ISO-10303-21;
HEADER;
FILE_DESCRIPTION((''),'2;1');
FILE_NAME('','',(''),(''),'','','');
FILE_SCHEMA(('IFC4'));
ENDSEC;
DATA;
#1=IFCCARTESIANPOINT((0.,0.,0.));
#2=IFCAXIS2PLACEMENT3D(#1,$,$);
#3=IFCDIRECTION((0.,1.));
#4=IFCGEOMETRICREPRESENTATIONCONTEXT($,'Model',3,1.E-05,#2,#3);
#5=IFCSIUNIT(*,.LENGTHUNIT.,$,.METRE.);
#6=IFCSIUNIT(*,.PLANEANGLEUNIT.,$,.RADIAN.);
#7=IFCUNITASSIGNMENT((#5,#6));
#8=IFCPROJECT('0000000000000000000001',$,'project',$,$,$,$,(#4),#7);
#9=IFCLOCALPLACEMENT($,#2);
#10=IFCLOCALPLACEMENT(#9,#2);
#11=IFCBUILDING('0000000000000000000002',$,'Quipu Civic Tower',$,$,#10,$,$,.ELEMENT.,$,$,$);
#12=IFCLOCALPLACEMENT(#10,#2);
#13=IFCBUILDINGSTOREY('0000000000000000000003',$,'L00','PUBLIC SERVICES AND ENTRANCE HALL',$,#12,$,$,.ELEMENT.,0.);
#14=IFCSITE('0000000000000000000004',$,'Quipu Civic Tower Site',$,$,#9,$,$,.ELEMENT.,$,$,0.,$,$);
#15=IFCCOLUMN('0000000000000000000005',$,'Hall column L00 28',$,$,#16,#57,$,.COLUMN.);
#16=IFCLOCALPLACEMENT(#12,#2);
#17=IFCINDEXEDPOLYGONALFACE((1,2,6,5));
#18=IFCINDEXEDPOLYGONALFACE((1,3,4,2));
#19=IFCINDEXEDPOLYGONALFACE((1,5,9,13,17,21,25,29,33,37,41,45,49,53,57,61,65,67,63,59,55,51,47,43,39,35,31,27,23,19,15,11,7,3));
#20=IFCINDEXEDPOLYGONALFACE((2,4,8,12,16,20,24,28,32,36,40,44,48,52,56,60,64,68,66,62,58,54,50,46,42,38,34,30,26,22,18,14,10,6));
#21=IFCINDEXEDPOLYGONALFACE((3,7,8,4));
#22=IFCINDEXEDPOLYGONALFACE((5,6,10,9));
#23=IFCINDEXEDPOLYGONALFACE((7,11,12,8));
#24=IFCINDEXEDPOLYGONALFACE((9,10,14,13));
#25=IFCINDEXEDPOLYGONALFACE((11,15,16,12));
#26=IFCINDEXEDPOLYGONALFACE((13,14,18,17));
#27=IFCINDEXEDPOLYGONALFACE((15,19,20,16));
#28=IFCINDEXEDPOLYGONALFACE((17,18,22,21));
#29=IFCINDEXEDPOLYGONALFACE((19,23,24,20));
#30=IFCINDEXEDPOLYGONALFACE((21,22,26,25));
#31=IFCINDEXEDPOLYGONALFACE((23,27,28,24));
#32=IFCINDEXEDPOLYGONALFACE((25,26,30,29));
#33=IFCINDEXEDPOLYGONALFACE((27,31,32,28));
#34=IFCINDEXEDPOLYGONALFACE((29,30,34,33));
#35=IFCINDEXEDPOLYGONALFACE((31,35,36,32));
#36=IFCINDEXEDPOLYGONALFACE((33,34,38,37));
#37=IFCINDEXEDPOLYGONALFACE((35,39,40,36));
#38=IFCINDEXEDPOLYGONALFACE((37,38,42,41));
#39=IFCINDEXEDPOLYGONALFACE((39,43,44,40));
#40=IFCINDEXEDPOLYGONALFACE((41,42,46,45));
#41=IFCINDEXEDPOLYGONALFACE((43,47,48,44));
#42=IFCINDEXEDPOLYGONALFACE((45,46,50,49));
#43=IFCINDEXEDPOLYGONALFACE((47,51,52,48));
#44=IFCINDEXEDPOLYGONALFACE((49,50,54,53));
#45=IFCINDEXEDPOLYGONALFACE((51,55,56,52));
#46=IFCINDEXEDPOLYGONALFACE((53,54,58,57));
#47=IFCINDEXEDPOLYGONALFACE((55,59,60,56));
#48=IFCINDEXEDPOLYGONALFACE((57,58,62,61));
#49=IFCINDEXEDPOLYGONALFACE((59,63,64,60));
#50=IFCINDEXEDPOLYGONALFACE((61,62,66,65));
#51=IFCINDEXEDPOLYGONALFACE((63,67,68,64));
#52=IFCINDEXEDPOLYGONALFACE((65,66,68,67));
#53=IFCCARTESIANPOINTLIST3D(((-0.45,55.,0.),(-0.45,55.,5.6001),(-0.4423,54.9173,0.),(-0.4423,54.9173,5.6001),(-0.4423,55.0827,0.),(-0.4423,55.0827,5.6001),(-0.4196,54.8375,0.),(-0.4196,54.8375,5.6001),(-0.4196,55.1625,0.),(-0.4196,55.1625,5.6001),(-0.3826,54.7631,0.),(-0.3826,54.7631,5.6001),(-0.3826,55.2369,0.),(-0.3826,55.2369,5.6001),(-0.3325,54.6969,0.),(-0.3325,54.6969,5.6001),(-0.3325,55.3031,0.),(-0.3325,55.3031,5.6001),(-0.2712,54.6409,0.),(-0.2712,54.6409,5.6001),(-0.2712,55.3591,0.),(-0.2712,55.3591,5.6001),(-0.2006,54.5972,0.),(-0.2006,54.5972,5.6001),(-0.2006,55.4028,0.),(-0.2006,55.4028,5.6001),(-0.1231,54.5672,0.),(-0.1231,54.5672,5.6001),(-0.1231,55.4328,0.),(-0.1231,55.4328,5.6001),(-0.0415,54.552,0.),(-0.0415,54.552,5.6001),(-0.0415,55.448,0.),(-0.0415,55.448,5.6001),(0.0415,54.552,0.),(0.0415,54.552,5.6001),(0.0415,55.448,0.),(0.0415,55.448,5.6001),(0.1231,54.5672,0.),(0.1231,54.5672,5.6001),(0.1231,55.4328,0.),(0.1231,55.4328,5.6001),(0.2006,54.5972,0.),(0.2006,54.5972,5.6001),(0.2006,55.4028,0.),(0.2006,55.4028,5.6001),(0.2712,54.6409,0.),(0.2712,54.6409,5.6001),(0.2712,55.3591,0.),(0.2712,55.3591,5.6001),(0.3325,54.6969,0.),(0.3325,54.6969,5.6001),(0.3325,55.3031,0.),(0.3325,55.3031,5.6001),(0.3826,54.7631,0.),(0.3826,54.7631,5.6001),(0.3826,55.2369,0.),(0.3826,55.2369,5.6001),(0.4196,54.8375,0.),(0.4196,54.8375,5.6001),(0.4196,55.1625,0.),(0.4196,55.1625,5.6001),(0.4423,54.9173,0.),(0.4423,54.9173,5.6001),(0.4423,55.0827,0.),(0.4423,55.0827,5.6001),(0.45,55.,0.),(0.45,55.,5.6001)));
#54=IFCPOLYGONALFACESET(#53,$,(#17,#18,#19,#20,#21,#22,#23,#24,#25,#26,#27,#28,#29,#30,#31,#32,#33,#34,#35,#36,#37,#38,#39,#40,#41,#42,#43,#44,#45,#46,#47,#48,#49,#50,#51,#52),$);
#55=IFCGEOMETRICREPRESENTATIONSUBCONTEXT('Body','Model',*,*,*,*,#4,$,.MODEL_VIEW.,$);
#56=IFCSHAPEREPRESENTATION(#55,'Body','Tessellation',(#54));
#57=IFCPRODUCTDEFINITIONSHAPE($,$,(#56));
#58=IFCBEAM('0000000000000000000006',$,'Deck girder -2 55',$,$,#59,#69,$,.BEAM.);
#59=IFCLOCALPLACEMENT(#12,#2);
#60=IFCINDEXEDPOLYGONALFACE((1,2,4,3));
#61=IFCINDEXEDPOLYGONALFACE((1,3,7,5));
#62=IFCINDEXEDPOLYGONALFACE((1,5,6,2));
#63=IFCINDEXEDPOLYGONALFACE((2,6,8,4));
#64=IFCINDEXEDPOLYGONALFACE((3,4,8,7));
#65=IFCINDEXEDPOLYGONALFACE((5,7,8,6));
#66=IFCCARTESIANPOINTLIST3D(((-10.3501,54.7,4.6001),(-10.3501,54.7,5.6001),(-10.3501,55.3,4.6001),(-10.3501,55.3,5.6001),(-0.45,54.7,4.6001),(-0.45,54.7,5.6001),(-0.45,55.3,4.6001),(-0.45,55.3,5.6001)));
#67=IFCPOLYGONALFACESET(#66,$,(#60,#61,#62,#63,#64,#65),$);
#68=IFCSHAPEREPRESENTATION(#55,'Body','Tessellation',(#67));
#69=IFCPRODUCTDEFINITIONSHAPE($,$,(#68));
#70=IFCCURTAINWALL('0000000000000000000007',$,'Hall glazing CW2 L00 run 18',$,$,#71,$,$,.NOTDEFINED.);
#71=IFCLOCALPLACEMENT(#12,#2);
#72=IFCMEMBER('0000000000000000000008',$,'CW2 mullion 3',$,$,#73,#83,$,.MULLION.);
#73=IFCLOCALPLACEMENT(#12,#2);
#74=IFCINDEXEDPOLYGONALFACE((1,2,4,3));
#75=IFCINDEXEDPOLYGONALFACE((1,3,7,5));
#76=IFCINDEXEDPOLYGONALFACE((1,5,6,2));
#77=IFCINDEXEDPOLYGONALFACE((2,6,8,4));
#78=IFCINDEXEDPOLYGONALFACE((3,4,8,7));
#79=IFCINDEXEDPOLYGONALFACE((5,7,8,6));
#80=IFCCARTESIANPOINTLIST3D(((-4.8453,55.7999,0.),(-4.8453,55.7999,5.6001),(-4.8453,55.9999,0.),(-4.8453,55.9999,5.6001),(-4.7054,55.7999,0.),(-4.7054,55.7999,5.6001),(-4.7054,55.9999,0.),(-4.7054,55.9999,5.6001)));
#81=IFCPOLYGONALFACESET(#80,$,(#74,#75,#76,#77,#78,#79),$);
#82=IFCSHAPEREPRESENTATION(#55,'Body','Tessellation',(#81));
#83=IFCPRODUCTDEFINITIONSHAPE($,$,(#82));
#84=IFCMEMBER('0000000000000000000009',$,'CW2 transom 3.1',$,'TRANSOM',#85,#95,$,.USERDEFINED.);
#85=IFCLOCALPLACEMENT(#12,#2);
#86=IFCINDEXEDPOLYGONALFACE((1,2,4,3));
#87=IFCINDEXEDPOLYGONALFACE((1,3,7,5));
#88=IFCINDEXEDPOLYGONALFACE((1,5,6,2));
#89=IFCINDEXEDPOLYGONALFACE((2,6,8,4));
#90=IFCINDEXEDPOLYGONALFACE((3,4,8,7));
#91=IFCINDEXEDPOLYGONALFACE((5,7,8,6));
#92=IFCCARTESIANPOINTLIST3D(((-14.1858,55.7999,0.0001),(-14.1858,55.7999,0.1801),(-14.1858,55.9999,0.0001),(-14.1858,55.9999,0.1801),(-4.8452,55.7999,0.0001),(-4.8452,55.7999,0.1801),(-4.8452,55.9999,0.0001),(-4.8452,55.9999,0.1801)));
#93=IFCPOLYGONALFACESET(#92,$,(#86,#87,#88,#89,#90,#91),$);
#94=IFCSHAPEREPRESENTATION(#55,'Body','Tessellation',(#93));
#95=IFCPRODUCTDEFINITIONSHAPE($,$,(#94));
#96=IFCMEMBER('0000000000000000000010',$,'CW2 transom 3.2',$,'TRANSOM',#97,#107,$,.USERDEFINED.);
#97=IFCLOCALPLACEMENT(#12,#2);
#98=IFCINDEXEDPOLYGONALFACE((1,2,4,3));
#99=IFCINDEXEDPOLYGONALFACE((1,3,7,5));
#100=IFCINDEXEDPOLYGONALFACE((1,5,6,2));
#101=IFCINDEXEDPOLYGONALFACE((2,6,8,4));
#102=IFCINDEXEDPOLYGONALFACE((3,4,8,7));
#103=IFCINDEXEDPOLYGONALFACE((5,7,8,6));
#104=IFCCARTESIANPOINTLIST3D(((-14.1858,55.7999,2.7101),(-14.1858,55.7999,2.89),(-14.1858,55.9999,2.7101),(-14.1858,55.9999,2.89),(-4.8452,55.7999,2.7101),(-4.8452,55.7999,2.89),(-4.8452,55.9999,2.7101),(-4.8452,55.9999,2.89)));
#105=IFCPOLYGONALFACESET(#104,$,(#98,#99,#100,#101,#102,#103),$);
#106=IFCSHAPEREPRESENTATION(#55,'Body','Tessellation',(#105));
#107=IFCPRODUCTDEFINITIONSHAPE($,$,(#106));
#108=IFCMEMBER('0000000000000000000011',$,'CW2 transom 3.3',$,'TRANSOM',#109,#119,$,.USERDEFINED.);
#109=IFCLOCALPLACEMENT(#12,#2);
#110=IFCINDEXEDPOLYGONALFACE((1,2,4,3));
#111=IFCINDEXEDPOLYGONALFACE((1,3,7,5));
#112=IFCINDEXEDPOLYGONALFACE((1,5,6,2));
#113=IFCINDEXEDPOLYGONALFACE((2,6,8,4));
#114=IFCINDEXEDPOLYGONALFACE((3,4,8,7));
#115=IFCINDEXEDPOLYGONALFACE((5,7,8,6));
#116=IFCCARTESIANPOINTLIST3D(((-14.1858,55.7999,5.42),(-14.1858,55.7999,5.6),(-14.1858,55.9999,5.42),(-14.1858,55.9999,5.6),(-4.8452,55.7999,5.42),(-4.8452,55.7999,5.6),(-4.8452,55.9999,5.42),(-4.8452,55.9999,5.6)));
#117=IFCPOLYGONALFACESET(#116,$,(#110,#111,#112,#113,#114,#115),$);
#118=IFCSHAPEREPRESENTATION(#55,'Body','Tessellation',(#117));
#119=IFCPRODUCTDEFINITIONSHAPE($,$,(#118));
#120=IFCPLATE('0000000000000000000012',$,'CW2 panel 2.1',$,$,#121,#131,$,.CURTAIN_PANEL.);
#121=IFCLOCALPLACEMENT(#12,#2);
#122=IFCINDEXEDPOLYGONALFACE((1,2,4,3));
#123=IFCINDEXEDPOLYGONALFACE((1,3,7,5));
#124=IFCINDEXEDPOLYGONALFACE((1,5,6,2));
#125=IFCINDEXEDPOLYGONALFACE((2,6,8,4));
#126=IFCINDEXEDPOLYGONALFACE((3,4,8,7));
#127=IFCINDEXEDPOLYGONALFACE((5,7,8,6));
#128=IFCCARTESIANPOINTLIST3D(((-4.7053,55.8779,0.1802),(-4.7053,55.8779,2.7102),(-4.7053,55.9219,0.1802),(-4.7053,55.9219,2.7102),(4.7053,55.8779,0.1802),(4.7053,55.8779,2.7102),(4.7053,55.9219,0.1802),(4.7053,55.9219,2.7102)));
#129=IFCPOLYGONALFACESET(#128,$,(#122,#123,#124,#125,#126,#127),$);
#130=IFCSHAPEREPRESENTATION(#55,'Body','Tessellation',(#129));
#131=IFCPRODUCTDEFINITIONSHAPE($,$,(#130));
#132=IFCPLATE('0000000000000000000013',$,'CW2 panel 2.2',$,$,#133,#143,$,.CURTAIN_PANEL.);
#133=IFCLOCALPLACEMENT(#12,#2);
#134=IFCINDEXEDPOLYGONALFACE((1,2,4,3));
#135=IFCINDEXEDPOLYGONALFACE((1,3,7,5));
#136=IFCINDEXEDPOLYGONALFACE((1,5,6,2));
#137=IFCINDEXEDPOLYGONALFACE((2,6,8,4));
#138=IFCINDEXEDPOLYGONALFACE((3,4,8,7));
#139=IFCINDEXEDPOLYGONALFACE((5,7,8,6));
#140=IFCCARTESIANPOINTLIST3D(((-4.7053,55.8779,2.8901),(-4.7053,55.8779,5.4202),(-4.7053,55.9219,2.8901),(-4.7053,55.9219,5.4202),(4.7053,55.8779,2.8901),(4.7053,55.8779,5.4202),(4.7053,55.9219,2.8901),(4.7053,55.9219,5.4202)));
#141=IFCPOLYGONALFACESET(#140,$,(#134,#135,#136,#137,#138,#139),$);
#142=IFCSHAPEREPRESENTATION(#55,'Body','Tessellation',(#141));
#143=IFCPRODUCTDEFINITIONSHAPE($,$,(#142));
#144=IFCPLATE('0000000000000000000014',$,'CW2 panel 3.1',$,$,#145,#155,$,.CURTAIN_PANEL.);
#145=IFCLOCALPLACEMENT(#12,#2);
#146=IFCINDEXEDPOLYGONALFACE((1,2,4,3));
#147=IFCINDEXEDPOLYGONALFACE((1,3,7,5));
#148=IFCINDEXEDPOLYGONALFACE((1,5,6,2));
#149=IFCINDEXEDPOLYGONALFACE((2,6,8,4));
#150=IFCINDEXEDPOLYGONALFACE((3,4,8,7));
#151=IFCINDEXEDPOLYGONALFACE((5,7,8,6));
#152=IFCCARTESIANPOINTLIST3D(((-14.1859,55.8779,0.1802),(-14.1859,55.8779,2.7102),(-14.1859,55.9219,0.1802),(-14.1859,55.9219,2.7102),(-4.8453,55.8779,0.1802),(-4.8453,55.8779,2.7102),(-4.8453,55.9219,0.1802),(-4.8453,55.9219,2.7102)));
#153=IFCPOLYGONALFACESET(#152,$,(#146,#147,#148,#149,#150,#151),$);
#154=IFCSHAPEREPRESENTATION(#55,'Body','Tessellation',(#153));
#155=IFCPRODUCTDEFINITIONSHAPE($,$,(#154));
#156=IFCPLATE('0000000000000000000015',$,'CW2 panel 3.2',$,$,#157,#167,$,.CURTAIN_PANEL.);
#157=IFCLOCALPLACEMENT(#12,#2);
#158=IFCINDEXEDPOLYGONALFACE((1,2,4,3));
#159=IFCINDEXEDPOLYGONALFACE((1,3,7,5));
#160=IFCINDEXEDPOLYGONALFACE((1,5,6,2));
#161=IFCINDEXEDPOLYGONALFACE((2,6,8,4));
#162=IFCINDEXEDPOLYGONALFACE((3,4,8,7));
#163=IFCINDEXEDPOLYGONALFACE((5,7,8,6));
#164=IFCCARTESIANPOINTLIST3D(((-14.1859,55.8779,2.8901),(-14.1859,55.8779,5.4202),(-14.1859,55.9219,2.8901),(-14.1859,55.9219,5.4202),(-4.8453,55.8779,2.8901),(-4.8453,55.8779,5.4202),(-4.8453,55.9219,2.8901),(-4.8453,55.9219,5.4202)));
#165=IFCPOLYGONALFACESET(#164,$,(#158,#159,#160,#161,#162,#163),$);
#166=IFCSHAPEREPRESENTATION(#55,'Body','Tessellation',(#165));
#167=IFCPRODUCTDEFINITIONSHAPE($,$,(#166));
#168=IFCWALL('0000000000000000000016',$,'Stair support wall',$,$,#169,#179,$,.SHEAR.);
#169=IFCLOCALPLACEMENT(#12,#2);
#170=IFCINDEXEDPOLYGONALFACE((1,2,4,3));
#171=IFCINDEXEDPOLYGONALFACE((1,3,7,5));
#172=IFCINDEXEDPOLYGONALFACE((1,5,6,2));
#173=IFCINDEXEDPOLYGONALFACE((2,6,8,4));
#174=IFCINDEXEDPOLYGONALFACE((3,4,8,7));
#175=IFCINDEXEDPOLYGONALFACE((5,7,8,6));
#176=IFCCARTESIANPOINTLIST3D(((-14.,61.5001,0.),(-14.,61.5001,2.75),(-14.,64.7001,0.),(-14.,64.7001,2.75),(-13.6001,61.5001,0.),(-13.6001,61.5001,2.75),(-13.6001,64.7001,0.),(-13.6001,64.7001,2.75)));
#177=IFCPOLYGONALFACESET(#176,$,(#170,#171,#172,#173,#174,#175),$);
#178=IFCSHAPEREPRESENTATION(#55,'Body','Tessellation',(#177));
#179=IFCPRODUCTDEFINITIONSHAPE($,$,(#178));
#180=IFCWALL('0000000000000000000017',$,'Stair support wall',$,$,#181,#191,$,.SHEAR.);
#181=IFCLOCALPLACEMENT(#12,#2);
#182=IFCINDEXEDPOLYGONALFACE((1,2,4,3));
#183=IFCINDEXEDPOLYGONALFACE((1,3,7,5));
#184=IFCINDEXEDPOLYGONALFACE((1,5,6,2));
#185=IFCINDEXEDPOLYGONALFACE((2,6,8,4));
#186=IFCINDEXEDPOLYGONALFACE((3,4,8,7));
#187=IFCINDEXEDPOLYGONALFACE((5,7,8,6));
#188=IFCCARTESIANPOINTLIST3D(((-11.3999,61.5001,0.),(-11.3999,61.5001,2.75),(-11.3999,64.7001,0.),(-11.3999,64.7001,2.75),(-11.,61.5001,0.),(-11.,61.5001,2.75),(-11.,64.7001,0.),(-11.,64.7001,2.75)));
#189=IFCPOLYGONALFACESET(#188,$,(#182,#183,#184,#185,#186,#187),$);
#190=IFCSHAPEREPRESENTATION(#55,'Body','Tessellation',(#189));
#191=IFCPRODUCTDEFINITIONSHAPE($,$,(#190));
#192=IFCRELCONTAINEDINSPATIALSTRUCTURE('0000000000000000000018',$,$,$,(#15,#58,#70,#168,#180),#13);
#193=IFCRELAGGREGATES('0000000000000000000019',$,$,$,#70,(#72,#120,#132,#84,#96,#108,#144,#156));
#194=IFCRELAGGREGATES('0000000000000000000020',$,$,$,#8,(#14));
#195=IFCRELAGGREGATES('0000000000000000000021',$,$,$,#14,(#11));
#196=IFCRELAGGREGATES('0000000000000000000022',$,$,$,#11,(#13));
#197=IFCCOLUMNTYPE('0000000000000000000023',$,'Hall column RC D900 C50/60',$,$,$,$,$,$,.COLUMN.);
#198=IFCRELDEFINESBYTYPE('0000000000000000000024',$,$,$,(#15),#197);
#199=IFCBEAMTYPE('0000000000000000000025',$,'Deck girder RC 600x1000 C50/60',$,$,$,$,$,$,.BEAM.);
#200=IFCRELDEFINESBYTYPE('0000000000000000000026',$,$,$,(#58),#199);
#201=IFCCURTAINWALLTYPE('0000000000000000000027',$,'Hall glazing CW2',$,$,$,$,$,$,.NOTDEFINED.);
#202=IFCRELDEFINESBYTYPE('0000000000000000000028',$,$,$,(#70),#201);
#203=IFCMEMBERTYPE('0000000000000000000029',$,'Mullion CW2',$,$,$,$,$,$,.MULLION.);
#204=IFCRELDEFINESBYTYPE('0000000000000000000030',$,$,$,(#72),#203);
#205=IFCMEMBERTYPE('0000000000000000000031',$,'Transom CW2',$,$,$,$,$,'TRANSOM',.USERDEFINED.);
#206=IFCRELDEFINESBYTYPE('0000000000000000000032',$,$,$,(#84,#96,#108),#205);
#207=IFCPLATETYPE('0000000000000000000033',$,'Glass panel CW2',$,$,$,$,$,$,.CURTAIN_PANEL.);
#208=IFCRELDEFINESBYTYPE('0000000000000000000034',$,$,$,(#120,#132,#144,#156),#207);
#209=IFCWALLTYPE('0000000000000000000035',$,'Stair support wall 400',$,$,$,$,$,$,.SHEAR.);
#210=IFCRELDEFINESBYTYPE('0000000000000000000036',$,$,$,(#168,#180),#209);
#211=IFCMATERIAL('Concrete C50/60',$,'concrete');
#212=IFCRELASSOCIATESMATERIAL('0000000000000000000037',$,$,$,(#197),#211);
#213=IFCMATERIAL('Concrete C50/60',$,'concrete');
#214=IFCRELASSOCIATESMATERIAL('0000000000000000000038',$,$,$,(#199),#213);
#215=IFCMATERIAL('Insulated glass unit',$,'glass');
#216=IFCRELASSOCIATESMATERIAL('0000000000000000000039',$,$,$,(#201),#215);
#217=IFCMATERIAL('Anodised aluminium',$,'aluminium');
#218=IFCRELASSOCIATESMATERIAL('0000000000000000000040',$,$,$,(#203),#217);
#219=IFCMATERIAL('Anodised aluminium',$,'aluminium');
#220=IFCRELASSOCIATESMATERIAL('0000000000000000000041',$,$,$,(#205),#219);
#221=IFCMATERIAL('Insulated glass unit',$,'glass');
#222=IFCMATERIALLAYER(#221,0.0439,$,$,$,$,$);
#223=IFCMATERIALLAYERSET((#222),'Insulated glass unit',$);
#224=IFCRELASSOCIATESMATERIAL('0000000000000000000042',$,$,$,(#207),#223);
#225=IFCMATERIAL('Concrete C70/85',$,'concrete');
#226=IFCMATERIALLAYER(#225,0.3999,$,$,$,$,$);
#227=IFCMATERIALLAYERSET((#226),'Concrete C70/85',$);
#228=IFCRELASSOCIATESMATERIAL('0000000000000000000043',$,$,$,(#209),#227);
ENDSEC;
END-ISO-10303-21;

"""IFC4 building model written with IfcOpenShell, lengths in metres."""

from ifc_helpers import new_model, si_unit, direction, frame, frame_2d, origin, origin_2d, place, context, subcontext, project, spatial, rectangle, circle, extrude, material, layer, layer_set, material_profile, profile_set, type_object, element, aggregate, save


model = new_model("IFC4")

# Units and contexts
model_context = context("Model", 3, precision=1e-05, world=origin(), true_north=direction((0.0, 1.0)))
body_context = subcontext(model_context, "Body", "Model", "MODEL_VIEW")
ifc_project = project(units=[si_unit("LENGTHUNIT", "METRE"), si_unit("PLANEANGLEUNIT", "RADIAN")], contexts=[model_context])

# Site, building, storey
site_placement = place(None, origin())
site = spatial("IfcSite", under=ifc_project, at=site_placement, Name="Quipu Civic Tower Site", CompositionType="ELEMENT", RefElevation=0.0)
building_placement = place(site_placement, origin())
building = spatial("IfcBuilding", under=site, at=building_placement, Name="Quipu Civic Tower", CompositionType="ELEMENT")
storey_placement = place(building_placement, origin())
storey = spatial("IfcBuildingStorey", under=building, at=storey_placement, Name="L00", Description="PUBLIC SERVICES AND ENTRANCE HALL", CompositionType="ELEMENT", Elevation=0.0)

# Column
ifc_material_1 = material(Name="Concrete C50/60", Category="concrete")
ifc_material_profile_1 = material_profile(ifc_material_1, circle(Radius=0.45, at=origin_2d()), Name="RCD900")
ifc_profile_set_1 = profile_set([ifc_material_profile_1], Name="Concrete C50/60")
column_type = type_object("IfcColumnType", Name="Hall column RC D900 C50/60", PredefinedType="COLUMN", material=ifc_profile_set_1)
column_placement = place(storey_placement, frame((0.0, 55.0, 0.0), z_axis=(0.0, 0.0, 1.0), x_axis=(1.0, 0.0, 0.0)))
element("IfcColumn", 1, at=column_placement, inside=storey, type_object=column_type, Name="Hall column L00 28", PredefinedType="COLUMN", context=body_context, shape_type="SweptSolid", body=[
    extrude(circle(Radius=0.45, at=origin_2d()), origin(), (0.0, 0.0, 1.0), 5.6001),
])

# Beam
ifc_material_2 = material(Name="Concrete C50/60", Category="concrete")
ifc_material_profile_2 = material_profile(ifc_material_2, rectangle(XDim=0.6001, YDim=1.0, at=origin_2d()), Name="RC600x1000")
ifc_profile_set_2 = profile_set([ifc_material_profile_2], Name="Concrete C50/60")
beam_type = type_object("IfcBeamType", Name="Deck girder RC 600x1000 C50/60", PredefinedType="BEAM", material=ifc_profile_set_2)
beam_placement = place(storey_placement, frame((-10.3501, 55.0, 5.1001), z_axis=(1.0, 0.0, 0.0), x_axis=(0.0, 1.0, 0.0)))
element("IfcBeam", 2, at=beam_placement, inside=storey, type_object=beam_type, Name="Deck girder -2 55", PredefinedType="BEAM", context=body_context, shape_type="SweptSolid", body=[
    extrude(rectangle(XDim=0.6001, YDim=1.0, at=origin_2d()), origin(), (0.0, 0.0, 1.0), 9.9001),
])

# Curtain wall, members, plates
ifc_material_3 = material(Name="Insulated glass unit", Category="glass")
curtain_wall_type = type_object("IfcCurtainWallType", Name="Hall glazing CW2", PredefinedType="NOTDEFINED", material=ifc_material_3)
curtain_wall_placement = place(storey_placement, origin())
curtain_wall = element("IfcCurtainWall", 3, at=curtain_wall_placement, inside=storey, type_object=curtain_wall_type, Name="Hall glazing CW2 L00 run 18", PredefinedType="NOTDEFINED")
ifc_material_4 = material(Name="Anodised aluminium", Category="aluminium")
ifc_material_profile_3 = material_profile(ifc_material_4, rectangle(XDim=0.2, YDim=0.1399, at=origin_2d()), Name="RECT 200x140")
ifc_profile_set_3 = profile_set([ifc_material_profile_3], Name="Anodised aluminium")
member_type_1 = type_object("IfcMemberType", Name="Mullion CW2", PredefinedType="MULLION", material=ifc_profile_set_3)
member_1_placement = place(storey_placement, frame((-4.7754, 55.8999, 0.0), z_axis=(0.0, 0.0, 1.0), x_axis=(0.0, -1.0, 0.0)))
member_1 = element("IfcMember", 4, at=member_1_placement, type_object=member_type_1, Name="CW2 mullion 3", PredefinedType="MULLION", context=body_context, shape_type="SweptSolid", body=[
    extrude(rectangle(XDim=0.2, YDim=0.1399, at=origin_2d()), origin(), (0.0, 0.0, 1.0), 5.6001),
])
ifc_material_5 = material(Name="Anodised aluminium", Category="aluminium")
ifc_material_profile_4 = material_profile(ifc_material_5, rectangle(XDim=0.2, YDim=0.1799, at=origin_2d()), Name="RECT 200x180")
ifc_profile_set_4 = profile_set([ifc_material_profile_4], Name="Anodised aluminium")
member_type_2 = type_object("IfcMemberType", Name="Transom CW2", ElementType="TRANSOM", PredefinedType="USERDEFINED", material=ifc_profile_set_4)
member_2_placement = place(storey_placement, frame((-4.8452, 55.8999, 0.0901), z_axis=(-1.0, 0.0, 0.0), x_axis=(0.0, -1.0, 0.0)))
member_2 = element("IfcMember", 5, at=member_2_placement, type_object=member_type_2, Name="CW2 transom 3.1", ObjectType="TRANSOM", PredefinedType="USERDEFINED", context=body_context, shape_type="SweptSolid", body=[
    extrude(rectangle(XDim=0.2, YDim=0.1799, at=origin_2d()), origin(), (0.0, 0.0, 1.0), 9.3406),
])
member_3_placement = place(storey_placement, frame((-4.8452, 55.8999, 2.8), z_axis=(-1.0, 0.0, 0.0), x_axis=(0.0, -1.0, 0.0)))
member_3 = element("IfcMember", 6, at=member_3_placement, type_object=member_type_2, Name="CW2 transom 3.2", ObjectType="TRANSOM", PredefinedType="USERDEFINED", context=body_context, shape_type="SweptSolid", body=[
    extrude(rectangle(XDim=0.2, YDim=0.1799, at=origin_2d()), origin(), (0.0, 0.0, 1.0), 9.3406),
])
member_4_placement = place(storey_placement, frame((-4.8452, 55.8999, 5.51), z_axis=(-1.0, 0.0, 0.0), x_axis=(0.0, -1.0, 0.0)))
member_4 = element("IfcMember", 7, at=member_4_placement, type_object=member_type_2, Name="CW2 transom 3.3", ObjectType="TRANSOM", PredefinedType="USERDEFINED", context=body_context, shape_type="SweptSolid", body=[
    extrude(rectangle(XDim=0.2, YDim=0.1799, at=origin_2d()), origin(), (0.0, 0.0, 1.0), 9.3406),
])
ifc_material_6 = material(Name="Insulated glass unit", Category="glass")
ifc_layer_1 = layer(ifc_material_6, 0.0439)
ifc_layer_set_1 = layer_set([ifc_layer_1], Name="Insulated glass unit")
plate_type = type_object("IfcPlateType", Name="Glass panel CW2", PredefinedType="CURTAIN_PANEL", material=ifc_layer_set_1)
plate_1_placement = place(storey_placement, frame((0.0, 55.8999, 0.1802), z_axis=(0.0, 0.0, 1.0), x_axis=(-1.0, 0.0, 0.0)))
plate_1 = element("IfcPlate", 8, at=plate_1_placement, type_object=plate_type, Name="CW2 panel 2.1", PredefinedType="CURTAIN_PANEL", context=body_context, shape_type="SweptSolid", body=[
    extrude(rectangle(XDim=9.4106, YDim=0.0439, at=origin_2d()), origin(), (0.0, 0.0, 1.0), 2.53),
])
plate_2_placement = place(storey_placement, frame((0.0, 55.8999, 2.8901), z_axis=(0.0, 0.0, 1.0), x_axis=(-1.0, 0.0, 0.0)))
plate_2 = element("IfcPlate", 9, at=plate_2_placement, type_object=plate_type, Name="CW2 panel 2.2", PredefinedType="CURTAIN_PANEL", context=body_context, shape_type="SweptSolid", body=[
    extrude(rectangle(XDim=9.4106, YDim=0.0439, at=origin_2d()), origin(), (0.0, 0.0, 1.0), 2.53),
])
plate_3_placement = place(storey_placement, frame((-9.5156, 55.8999, 0.1802), z_axis=(0.0, 0.0, 1.0), x_axis=(-1.0, 0.0, 0.0)))
plate_3 = element("IfcPlate", 10, at=plate_3_placement, type_object=plate_type, Name="CW2 panel 3.1", PredefinedType="CURTAIN_PANEL", context=body_context, shape_type="SweptSolid", body=[
    extrude(rectangle(XDim=9.3406, YDim=0.0439, at=origin_2d()), origin(), (0.0, 0.0, 1.0), 2.53),
])
plate_4_placement = place(storey_placement, frame((-9.5156, 55.8999, 2.8901), z_axis=(0.0, 0.0, 1.0), x_axis=(-1.0, 0.0, 0.0)))
plate_4 = element("IfcPlate", 11, at=plate_4_placement, type_object=plate_type, Name="CW2 panel 3.2", PredefinedType="CURTAIN_PANEL", context=body_context, shape_type="SweptSolid", body=[
    extrude(rectangle(XDim=9.3406, YDim=0.0439, at=origin_2d()), origin(), (0.0, 0.0, 1.0), 2.53),
])
aggregate(curtain_wall, [member_1, plate_1, plate_2, member_2, member_3, member_4, plate_3, plate_4])

# Walls
ifc_material_7 = material(Name="Concrete C70/85", Category="concrete")
ifc_layer_2 = layer(ifc_material_7, 0.3999)
ifc_layer_set_2 = layer_set([ifc_layer_2], Name="Concrete C70/85")
wall_type = type_object("IfcWallType", Name="Stair support wall 400", PredefinedType="SHEAR", material=ifc_layer_set_2)
for number, where, z_axis, x_axis, name in (
    (12, (-13.8, 61.5, 0.0), (0.0, 0.0, 1.0), (0.0, 1.0, 0.0), "Stair support wall"),
    (13, (-11.2, 61.5, 0.0), (0.0, 0.0, 1.0), (0.0, 1.0, 0.0), "Stair support wall"),
):
    element("IfcWall", number, at=place(storey_placement, frame(where, z_axis=z_axis, x_axis=x_axis)), inside=storey, type_object=wall_type, Name=name, PredefinedType="SHEAR", context=body_context, shape_type="SweptSolid", body=[
        extrude(rectangle(XDim=3.2, YDim=0.3999, at=frame_2d((1.6001, 0.0))), origin(), (0.0, 0.0, 1.0), 2.75),
    ])

save(model, "model.ifc")
